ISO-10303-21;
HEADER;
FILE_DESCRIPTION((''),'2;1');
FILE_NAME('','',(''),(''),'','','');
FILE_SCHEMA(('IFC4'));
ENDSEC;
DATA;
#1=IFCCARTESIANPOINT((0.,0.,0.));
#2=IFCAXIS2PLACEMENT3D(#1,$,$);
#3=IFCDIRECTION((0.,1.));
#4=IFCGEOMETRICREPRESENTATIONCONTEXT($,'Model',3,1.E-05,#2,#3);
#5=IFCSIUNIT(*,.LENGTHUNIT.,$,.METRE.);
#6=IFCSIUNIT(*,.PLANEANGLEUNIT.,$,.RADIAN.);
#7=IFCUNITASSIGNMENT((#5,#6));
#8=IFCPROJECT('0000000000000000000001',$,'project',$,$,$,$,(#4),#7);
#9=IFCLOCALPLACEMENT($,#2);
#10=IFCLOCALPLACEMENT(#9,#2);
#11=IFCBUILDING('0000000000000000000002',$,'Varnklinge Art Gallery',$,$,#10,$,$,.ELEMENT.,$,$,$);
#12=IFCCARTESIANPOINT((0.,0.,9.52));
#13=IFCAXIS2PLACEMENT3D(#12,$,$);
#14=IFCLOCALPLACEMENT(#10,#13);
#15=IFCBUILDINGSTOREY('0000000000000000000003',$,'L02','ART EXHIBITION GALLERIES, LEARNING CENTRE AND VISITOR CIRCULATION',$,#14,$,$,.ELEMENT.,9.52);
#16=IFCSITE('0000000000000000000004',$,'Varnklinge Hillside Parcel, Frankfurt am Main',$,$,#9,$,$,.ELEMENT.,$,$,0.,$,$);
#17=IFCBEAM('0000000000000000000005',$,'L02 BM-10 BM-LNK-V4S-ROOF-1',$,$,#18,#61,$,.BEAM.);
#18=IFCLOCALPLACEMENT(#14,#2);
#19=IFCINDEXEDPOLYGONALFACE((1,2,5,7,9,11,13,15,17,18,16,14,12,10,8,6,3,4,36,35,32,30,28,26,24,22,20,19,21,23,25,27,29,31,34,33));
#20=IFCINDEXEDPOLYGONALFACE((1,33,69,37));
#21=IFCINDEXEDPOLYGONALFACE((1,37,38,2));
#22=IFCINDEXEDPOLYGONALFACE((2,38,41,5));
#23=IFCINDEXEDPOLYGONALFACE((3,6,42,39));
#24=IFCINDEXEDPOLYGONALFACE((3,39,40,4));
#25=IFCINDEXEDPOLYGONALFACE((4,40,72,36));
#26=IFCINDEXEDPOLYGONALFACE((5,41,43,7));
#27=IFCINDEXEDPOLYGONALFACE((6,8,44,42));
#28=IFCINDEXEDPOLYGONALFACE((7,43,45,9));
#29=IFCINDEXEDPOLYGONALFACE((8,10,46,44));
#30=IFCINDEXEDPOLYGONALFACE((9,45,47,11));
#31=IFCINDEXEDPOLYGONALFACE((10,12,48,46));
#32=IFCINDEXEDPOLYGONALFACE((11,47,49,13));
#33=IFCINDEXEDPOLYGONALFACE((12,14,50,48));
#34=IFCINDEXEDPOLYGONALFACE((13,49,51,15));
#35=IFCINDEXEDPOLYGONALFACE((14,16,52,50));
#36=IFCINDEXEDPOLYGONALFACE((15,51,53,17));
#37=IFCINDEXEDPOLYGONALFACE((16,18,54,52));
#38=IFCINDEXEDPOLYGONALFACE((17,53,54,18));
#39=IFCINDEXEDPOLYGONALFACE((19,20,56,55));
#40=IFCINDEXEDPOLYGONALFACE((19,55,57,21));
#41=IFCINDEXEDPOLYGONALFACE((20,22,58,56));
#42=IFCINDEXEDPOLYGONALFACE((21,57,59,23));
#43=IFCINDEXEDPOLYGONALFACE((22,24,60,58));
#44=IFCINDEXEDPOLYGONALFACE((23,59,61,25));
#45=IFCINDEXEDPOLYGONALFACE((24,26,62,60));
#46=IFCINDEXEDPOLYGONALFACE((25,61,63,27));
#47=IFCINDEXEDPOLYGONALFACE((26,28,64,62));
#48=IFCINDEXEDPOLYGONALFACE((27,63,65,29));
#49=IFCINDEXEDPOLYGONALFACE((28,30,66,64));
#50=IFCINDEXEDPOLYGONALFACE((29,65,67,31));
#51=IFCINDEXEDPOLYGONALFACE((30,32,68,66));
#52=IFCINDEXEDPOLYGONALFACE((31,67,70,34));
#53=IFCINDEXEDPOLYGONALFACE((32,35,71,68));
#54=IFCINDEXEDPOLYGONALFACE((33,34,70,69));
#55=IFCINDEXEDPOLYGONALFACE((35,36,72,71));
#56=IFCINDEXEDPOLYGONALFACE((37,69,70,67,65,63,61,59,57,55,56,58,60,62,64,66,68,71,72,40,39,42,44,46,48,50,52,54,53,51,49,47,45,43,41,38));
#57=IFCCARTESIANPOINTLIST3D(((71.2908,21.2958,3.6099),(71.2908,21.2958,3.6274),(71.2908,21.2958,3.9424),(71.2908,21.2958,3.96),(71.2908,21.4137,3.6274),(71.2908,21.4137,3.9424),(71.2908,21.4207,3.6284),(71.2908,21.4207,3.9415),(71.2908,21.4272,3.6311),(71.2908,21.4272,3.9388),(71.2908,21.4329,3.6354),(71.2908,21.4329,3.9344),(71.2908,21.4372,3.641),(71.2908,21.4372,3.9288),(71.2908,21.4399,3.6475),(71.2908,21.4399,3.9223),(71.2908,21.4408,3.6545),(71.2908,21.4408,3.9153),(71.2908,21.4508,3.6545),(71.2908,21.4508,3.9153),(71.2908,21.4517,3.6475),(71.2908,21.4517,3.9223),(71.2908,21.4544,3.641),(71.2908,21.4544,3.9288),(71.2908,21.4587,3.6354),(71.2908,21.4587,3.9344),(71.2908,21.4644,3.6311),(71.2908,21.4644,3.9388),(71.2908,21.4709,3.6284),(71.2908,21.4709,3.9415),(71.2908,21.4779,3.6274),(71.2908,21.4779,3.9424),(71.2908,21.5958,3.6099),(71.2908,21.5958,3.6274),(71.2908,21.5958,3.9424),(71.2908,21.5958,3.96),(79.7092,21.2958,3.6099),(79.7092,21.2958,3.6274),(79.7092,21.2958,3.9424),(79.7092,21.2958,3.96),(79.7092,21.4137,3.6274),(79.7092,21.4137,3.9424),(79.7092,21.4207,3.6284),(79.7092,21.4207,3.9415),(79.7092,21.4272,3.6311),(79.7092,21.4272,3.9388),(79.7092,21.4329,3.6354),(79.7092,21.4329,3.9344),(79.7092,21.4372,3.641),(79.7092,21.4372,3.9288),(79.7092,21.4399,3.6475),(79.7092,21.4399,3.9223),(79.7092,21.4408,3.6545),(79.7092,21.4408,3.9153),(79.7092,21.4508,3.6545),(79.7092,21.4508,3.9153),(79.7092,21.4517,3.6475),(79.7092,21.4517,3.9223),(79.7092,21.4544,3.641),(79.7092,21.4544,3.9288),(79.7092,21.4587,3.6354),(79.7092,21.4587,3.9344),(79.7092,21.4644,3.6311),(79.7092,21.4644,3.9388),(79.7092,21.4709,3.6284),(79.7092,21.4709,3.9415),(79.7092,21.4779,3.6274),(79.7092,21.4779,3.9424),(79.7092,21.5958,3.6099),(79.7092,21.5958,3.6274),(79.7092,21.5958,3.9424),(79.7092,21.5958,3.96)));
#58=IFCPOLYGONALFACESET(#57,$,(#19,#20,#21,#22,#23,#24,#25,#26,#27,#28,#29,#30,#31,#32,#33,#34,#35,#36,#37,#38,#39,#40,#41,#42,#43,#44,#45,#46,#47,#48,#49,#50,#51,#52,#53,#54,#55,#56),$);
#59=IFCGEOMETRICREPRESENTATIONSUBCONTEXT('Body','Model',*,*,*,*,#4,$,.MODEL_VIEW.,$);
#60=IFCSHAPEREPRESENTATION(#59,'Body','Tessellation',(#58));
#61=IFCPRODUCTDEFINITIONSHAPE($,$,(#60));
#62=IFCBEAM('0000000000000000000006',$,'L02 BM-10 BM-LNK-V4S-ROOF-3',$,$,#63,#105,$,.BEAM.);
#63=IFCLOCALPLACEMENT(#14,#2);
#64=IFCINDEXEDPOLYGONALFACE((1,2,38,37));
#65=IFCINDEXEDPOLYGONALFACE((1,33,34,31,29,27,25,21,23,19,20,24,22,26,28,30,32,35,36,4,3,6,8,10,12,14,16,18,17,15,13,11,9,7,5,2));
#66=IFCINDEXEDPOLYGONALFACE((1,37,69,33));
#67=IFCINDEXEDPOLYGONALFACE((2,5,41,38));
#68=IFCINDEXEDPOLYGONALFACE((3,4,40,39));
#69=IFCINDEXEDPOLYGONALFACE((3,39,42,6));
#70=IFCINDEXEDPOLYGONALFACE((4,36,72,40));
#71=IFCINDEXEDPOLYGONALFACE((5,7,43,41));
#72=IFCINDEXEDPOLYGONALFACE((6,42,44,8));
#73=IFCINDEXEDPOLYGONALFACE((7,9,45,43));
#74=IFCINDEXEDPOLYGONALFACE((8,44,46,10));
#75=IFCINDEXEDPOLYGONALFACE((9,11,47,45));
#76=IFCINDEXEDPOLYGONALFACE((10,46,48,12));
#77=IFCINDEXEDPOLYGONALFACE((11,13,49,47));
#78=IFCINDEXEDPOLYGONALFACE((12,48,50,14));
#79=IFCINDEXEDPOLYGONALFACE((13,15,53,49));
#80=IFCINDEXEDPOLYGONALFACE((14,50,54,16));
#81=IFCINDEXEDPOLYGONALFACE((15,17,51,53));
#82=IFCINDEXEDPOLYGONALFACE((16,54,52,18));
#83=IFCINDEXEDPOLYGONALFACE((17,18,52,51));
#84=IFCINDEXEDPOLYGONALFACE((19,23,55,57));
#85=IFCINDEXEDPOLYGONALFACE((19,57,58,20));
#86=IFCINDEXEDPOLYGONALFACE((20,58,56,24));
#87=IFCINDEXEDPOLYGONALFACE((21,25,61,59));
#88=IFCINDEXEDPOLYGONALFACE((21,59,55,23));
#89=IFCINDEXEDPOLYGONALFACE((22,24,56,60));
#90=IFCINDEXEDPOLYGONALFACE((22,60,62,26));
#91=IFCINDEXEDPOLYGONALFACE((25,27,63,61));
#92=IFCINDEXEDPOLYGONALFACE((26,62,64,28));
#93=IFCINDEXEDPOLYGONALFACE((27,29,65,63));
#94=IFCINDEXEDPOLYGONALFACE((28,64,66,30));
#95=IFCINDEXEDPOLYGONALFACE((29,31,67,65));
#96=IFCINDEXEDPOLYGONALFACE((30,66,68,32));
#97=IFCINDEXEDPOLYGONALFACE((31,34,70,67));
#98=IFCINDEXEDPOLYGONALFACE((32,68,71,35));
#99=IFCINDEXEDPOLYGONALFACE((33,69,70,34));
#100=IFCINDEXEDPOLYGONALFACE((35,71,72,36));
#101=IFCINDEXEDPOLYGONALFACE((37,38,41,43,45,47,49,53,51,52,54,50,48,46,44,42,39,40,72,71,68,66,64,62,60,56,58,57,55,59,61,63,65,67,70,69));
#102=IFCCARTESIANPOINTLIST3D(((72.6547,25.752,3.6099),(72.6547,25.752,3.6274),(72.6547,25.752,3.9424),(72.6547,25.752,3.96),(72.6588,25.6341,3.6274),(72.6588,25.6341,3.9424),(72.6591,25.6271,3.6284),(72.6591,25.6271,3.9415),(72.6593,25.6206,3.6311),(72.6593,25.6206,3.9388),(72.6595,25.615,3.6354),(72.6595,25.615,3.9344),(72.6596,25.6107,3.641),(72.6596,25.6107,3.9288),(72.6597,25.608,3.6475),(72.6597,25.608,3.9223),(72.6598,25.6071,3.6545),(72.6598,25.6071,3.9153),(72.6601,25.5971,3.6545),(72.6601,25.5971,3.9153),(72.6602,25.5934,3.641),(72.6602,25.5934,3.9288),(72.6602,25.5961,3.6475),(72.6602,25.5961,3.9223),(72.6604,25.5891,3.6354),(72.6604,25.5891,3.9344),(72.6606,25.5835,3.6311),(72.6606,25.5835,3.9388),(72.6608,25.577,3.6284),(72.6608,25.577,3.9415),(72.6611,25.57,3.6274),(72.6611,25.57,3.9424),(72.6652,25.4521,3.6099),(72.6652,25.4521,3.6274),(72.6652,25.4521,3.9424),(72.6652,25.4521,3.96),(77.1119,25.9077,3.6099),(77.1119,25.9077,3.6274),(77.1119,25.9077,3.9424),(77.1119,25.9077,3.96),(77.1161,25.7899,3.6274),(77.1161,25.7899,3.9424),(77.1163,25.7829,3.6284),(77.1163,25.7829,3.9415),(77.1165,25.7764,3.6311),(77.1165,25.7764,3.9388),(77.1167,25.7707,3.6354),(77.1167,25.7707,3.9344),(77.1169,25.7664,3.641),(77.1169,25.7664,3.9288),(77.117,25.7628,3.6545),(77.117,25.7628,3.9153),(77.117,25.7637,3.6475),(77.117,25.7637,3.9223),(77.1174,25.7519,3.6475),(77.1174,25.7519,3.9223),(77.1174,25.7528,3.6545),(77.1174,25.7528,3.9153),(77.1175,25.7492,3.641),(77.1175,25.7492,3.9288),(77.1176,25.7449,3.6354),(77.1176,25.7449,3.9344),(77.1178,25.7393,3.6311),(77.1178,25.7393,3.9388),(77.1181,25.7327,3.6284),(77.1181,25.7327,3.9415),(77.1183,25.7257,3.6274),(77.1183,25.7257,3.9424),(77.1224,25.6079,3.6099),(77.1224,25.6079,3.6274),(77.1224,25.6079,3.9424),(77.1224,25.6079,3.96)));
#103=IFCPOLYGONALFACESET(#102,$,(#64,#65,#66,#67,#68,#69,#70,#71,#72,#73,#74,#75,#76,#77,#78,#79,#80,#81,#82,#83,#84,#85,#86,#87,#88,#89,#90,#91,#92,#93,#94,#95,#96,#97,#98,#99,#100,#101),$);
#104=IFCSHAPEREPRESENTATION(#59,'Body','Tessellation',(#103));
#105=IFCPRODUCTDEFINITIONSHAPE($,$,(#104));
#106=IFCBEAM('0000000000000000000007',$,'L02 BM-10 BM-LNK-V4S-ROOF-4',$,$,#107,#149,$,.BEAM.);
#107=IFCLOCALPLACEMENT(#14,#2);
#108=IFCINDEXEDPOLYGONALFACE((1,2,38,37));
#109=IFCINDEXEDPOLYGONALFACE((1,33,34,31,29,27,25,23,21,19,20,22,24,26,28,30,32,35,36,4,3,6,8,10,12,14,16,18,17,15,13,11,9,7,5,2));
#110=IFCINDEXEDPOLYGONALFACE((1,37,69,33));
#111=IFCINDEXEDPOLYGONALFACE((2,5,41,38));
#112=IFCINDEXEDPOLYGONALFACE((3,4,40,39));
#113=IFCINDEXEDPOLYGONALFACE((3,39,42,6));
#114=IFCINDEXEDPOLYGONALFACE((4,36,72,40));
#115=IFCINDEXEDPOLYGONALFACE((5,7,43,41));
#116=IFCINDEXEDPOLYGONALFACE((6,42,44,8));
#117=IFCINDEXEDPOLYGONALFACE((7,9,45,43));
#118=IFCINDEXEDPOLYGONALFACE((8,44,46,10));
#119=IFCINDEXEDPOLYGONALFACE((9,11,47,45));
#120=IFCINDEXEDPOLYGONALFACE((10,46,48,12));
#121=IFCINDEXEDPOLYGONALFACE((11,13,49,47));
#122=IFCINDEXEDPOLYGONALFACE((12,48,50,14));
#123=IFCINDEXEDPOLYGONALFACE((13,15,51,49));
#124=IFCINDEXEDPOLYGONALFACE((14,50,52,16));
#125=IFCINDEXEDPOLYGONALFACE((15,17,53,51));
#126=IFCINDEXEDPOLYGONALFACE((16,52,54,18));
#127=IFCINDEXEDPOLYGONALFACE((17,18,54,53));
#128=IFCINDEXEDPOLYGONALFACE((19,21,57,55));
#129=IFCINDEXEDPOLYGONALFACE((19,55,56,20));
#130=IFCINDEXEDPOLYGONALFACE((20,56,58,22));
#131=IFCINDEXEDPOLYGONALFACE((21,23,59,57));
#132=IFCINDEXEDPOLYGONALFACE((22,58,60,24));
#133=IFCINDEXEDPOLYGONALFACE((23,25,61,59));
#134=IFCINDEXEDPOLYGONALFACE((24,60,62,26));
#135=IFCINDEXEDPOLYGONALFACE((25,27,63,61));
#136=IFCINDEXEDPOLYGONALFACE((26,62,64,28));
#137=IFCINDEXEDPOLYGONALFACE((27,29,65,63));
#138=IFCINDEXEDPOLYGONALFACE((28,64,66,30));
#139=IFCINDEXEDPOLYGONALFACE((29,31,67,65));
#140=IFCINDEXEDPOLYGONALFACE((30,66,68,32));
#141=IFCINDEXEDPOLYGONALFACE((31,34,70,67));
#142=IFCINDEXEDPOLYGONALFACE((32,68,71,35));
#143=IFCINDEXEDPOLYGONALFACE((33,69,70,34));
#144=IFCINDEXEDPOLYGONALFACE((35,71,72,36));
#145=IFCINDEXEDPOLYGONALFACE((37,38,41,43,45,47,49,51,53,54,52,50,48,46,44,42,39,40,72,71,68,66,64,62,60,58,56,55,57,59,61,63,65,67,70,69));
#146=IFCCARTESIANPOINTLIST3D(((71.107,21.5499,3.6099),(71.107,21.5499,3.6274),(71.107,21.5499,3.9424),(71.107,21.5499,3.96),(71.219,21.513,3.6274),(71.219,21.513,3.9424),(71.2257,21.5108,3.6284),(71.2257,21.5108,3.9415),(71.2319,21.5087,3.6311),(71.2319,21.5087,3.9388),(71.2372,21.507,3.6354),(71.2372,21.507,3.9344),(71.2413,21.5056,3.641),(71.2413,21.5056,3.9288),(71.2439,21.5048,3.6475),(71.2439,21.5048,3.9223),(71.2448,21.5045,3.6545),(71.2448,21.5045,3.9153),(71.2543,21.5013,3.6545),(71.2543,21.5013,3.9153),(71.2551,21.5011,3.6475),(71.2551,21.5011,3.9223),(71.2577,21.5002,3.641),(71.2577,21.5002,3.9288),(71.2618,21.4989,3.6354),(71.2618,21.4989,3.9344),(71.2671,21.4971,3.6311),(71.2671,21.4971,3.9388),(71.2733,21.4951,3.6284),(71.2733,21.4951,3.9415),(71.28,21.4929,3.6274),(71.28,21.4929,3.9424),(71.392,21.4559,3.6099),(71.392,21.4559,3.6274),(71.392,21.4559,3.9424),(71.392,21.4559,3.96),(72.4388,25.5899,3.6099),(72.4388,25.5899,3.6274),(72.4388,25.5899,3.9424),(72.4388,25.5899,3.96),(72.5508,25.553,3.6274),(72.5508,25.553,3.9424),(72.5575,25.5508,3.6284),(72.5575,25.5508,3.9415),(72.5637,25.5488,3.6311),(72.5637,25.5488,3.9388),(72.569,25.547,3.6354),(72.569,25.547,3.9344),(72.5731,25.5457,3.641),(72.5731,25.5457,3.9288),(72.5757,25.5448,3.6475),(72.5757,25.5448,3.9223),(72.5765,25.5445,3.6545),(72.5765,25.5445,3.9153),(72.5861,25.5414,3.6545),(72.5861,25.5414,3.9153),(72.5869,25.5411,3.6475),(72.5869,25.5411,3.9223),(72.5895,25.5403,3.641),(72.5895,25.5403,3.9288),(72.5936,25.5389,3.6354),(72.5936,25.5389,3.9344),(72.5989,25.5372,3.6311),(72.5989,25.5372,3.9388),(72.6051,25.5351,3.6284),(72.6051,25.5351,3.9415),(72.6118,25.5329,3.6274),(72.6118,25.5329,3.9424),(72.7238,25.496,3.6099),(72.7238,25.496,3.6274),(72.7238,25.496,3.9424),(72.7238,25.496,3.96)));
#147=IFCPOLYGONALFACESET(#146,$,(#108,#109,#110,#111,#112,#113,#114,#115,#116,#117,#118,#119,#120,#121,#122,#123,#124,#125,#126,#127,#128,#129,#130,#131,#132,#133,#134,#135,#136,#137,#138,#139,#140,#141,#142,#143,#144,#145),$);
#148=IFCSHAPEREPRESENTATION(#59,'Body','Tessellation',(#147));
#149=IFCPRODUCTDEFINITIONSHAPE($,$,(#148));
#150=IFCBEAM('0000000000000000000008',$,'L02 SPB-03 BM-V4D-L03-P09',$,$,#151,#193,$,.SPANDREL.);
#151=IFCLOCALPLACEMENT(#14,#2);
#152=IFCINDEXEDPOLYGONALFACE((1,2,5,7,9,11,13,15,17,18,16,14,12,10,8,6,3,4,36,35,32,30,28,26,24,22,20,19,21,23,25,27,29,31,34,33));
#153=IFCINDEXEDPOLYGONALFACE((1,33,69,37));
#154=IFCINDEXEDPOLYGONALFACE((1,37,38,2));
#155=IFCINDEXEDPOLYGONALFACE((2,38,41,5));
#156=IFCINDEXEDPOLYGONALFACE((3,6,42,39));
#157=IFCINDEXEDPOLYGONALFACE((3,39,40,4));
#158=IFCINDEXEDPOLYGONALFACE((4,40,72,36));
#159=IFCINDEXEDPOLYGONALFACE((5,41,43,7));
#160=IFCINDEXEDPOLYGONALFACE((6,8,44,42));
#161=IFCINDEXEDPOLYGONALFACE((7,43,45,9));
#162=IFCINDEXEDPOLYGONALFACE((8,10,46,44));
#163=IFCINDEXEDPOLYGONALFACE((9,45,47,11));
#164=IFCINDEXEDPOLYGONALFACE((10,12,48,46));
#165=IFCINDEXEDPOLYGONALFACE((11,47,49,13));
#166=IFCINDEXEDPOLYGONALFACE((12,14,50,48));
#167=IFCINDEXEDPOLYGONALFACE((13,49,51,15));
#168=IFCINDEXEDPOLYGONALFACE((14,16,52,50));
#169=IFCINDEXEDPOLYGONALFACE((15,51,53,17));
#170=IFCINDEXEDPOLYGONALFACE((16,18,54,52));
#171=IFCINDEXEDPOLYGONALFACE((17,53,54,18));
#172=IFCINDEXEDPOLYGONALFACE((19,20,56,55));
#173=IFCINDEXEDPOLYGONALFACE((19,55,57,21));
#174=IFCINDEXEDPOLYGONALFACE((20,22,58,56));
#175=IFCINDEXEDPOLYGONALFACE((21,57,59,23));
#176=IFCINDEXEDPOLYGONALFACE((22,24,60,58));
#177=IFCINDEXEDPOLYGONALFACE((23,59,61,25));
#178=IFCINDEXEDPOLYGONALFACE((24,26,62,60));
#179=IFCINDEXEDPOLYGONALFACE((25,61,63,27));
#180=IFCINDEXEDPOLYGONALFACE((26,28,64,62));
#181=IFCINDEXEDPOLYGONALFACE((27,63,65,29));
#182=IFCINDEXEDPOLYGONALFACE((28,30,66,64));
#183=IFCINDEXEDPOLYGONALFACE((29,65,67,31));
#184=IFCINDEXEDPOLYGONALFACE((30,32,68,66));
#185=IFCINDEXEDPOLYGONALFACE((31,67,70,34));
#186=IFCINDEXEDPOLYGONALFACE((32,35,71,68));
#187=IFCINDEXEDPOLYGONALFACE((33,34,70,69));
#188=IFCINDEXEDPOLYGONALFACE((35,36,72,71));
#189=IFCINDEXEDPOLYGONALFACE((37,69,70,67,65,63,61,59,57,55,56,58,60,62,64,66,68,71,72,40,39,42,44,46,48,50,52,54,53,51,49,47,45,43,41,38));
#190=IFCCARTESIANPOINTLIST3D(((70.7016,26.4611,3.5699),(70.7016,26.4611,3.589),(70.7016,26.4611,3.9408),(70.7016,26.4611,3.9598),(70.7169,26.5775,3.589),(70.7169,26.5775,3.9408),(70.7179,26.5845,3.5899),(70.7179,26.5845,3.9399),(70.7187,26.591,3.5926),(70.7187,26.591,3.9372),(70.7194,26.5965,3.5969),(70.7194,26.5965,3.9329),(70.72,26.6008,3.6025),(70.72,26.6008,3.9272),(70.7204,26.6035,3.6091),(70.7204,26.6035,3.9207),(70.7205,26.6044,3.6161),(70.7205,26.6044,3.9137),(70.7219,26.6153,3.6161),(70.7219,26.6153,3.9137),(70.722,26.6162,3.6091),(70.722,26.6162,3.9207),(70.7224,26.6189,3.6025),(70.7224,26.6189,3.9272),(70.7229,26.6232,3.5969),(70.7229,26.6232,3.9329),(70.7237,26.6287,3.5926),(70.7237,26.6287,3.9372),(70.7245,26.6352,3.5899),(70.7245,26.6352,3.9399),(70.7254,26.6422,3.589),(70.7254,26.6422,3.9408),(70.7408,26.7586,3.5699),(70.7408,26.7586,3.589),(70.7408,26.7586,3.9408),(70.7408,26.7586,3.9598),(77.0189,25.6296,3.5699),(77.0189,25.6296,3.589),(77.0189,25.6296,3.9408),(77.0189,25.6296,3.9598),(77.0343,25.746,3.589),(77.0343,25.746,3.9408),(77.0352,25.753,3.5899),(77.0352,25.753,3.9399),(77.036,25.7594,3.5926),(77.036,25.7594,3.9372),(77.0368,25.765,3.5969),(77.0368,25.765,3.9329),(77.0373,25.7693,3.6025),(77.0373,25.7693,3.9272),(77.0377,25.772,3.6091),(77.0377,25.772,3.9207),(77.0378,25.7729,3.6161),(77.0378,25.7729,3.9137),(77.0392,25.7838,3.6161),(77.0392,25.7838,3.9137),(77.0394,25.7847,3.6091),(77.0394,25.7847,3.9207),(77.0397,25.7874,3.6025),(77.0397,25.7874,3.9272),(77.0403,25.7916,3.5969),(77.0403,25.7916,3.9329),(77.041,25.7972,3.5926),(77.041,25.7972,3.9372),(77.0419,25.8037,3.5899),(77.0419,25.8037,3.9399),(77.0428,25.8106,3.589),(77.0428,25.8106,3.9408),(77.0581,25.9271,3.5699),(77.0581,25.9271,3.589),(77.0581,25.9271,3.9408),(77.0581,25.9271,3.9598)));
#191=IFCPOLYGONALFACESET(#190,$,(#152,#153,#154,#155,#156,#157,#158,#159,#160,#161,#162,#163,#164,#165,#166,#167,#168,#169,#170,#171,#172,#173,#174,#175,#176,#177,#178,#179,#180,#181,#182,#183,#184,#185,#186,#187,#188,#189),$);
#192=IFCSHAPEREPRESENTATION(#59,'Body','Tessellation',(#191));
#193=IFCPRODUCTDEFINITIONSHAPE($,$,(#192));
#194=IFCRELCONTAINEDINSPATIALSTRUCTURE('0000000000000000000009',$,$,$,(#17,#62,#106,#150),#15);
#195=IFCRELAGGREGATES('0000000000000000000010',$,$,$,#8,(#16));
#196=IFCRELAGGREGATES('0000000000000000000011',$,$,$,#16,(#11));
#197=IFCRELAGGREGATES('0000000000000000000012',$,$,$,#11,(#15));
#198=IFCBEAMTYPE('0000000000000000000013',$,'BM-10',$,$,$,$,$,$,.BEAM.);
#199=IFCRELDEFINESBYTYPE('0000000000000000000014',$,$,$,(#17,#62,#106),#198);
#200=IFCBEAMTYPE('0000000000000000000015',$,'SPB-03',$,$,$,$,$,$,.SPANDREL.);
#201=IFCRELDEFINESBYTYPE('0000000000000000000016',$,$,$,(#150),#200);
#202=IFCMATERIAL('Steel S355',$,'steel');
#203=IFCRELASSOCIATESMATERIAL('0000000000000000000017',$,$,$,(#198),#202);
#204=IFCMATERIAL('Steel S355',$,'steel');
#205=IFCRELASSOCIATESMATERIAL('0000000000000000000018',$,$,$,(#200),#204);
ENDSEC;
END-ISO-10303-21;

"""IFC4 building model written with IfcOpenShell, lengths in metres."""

from ifc_helpers import new_model, si_unit, direction, frame, origin, origin_2d, place, context, subcontext, project, spatial, i_section, extrude, material, material_profile, profile_set, type_object, element, save


model = new_model("IFC4")

# Units and contexts
model_context = context("Model", 3, precision=1e-05, world=origin(), true_north=direction((0.0, 1.0)))
body_context = subcontext(model_context, "Body", "Model", "MODEL_VIEW")
ifc_project = project(units=[si_unit("LENGTHUNIT", "METRE"), si_unit("PLANEANGLEUNIT", "RADIAN")], contexts=[model_context])

# Site, building, storey
site_placement = place(None, origin())
site = spatial("IfcSite", under=ifc_project, at=site_placement, Name="Varnklinge Hillside Parcel, Frankfurt am Main", CompositionType="ELEMENT", RefElevation=0.0)
building_placement = place(site_placement, origin())
building = spatial("IfcBuilding", under=site, at=building_placement, Name="Varnklinge Art Gallery", CompositionType="ELEMENT")
storey_placement = place(building_placement, frame((0.0, 0.0, 9.52)))
storey = spatial("IfcBuildingStorey", under=building, at=storey_placement, Name="L02", Description="ART EXHIBITION GALLERIES, LEARNING CENTRE AND VISITOR CIRCULATION", CompositionType="ELEMENT", Elevation=9.52)

# Beams
ifc_material_1 = material(Name="Steel S355", Category="steel")
ifc_material_profile_1 = material_profile(ifc_material_1, i_section(OverallWidth=0.3, OverallDepth=0.3501, WebThickness=0.01, FlangeThickness=0.0176, FilletRadius=0.0271, at=origin_2d()), Name="HEA 360")
ifc_profile_set_1 = profile_set([ifc_material_profile_1], Name="Steel S355")
beam_type_1 = type_object("IfcBeamType", Name="BM-10", PredefinedType="BEAM", material=ifc_profile_set_1)
beam_1_placement = place(storey_placement, frame((71.2908, 21.4458, 3.7849), z_axis=(1.0, 0.0, 0.0), x_axis=(0.0, 1.0, 0.0)))
element("IfcBeam", 1, at=beam_1_placement, inside=storey, type_object=beam_type_1, Name="L02 BM-10 BM-LNK-V4S-ROOF-1", PredefinedType="BEAM", context=body_context, shape_type="SweptSolid", body=[
    extrude(i_section(OverallWidth=0.3, OverallDepth=0.3501, WebThickness=0.01, FlangeThickness=0.0176, FilletRadius=0.0271, at=origin_2d()), origin(), (0.0, 0.0, 1.0), 8.4185),
])
beam_2_placement = place(storey_placement, frame((77.1172, 25.7578, 3.7849), z_axis=(-0.99939, -0.034924, 0.0), x_axis=(0.034924, -0.99939, 0.0)))
element("IfcBeam", 2, at=beam_2_placement, inside=storey, type_object=beam_type_1, Name="L02 BM-10 BM-LNK-V4S-ROOF-3", PredefinedType="BEAM", context=body_context, shape_type="SweptSolid", body=[
    extrude(i_section(OverallWidth=0.3, OverallDepth=0.3501, WebThickness=0.01, FlangeThickness=0.0176, FilletRadius=0.0271, at=origin_2d()), origin(), (0.0, 0.0, 1.0), 4.46),
])
beam_3_placement = place(storey_placement, frame((72.5813, 25.543, 3.7849), z_axis=(-0.313075, -0.949728, 0.0), x_axis=(0.949728, -0.313075, 0.0)))
element("IfcBeam", 3, at=beam_3_placement, inside=storey, type_object=beam_type_1, Name="L02 BM-10 BM-LNK-V4S-ROOF-4", PredefinedType="BEAM", context=body_context, shape_type="SweptSolid", body=[
    extrude(i_section(OverallWidth=0.3, OverallDepth=0.3501, WebThickness=0.01, FlangeThickness=0.0176, FilletRadius=0.0271, at=origin_2d()), origin(), (0.0, 0.0, 1.0), 4.2539),
])
ifc_material_2 = material(Name="Steel S355", Category="steel")
ifc_material_profile_2 = material_profile(ifc_material_2, i_section(OverallWidth=0.3, OverallDepth=0.3899, WebThickness=0.011, FlangeThickness=0.019, FilletRadius=0.0271, at=origin_2d()), Name="HEA 400")
ifc_profile_set_2 = profile_set([ifc_material_profile_2], Name="Steel S355")
beam_type_2 = type_object("IfcBeamType", Name="SPB-03", PredefinedType="SPANDREL", material=ifc_profile_set_2)
beam_4_placement = place(storey_placement, frame((70.7212, 26.6099, 3.7649), z_axis=(0.991448, -0.130502, 0.0), x_axis=(0.130502, 0.991448, 0.0)))
element("IfcBeam", 4, at=beam_4_placement, inside=storey, type_object=beam_type_2, Name="L02 SPB-03 BM-V4D-L03-P09", PredefinedType="SPANDREL", context=body_context, shape_type="SweptSolid", body=[
    extrude(i_section(OverallWidth=0.3, OverallDepth=0.3899, WebThickness=0.011, FlangeThickness=0.019, FilletRadius=0.0271, at=origin_2d()), origin(), (0.0, 0.0, 1.0), 6.3718),
])

save(model, "model.ifc")
